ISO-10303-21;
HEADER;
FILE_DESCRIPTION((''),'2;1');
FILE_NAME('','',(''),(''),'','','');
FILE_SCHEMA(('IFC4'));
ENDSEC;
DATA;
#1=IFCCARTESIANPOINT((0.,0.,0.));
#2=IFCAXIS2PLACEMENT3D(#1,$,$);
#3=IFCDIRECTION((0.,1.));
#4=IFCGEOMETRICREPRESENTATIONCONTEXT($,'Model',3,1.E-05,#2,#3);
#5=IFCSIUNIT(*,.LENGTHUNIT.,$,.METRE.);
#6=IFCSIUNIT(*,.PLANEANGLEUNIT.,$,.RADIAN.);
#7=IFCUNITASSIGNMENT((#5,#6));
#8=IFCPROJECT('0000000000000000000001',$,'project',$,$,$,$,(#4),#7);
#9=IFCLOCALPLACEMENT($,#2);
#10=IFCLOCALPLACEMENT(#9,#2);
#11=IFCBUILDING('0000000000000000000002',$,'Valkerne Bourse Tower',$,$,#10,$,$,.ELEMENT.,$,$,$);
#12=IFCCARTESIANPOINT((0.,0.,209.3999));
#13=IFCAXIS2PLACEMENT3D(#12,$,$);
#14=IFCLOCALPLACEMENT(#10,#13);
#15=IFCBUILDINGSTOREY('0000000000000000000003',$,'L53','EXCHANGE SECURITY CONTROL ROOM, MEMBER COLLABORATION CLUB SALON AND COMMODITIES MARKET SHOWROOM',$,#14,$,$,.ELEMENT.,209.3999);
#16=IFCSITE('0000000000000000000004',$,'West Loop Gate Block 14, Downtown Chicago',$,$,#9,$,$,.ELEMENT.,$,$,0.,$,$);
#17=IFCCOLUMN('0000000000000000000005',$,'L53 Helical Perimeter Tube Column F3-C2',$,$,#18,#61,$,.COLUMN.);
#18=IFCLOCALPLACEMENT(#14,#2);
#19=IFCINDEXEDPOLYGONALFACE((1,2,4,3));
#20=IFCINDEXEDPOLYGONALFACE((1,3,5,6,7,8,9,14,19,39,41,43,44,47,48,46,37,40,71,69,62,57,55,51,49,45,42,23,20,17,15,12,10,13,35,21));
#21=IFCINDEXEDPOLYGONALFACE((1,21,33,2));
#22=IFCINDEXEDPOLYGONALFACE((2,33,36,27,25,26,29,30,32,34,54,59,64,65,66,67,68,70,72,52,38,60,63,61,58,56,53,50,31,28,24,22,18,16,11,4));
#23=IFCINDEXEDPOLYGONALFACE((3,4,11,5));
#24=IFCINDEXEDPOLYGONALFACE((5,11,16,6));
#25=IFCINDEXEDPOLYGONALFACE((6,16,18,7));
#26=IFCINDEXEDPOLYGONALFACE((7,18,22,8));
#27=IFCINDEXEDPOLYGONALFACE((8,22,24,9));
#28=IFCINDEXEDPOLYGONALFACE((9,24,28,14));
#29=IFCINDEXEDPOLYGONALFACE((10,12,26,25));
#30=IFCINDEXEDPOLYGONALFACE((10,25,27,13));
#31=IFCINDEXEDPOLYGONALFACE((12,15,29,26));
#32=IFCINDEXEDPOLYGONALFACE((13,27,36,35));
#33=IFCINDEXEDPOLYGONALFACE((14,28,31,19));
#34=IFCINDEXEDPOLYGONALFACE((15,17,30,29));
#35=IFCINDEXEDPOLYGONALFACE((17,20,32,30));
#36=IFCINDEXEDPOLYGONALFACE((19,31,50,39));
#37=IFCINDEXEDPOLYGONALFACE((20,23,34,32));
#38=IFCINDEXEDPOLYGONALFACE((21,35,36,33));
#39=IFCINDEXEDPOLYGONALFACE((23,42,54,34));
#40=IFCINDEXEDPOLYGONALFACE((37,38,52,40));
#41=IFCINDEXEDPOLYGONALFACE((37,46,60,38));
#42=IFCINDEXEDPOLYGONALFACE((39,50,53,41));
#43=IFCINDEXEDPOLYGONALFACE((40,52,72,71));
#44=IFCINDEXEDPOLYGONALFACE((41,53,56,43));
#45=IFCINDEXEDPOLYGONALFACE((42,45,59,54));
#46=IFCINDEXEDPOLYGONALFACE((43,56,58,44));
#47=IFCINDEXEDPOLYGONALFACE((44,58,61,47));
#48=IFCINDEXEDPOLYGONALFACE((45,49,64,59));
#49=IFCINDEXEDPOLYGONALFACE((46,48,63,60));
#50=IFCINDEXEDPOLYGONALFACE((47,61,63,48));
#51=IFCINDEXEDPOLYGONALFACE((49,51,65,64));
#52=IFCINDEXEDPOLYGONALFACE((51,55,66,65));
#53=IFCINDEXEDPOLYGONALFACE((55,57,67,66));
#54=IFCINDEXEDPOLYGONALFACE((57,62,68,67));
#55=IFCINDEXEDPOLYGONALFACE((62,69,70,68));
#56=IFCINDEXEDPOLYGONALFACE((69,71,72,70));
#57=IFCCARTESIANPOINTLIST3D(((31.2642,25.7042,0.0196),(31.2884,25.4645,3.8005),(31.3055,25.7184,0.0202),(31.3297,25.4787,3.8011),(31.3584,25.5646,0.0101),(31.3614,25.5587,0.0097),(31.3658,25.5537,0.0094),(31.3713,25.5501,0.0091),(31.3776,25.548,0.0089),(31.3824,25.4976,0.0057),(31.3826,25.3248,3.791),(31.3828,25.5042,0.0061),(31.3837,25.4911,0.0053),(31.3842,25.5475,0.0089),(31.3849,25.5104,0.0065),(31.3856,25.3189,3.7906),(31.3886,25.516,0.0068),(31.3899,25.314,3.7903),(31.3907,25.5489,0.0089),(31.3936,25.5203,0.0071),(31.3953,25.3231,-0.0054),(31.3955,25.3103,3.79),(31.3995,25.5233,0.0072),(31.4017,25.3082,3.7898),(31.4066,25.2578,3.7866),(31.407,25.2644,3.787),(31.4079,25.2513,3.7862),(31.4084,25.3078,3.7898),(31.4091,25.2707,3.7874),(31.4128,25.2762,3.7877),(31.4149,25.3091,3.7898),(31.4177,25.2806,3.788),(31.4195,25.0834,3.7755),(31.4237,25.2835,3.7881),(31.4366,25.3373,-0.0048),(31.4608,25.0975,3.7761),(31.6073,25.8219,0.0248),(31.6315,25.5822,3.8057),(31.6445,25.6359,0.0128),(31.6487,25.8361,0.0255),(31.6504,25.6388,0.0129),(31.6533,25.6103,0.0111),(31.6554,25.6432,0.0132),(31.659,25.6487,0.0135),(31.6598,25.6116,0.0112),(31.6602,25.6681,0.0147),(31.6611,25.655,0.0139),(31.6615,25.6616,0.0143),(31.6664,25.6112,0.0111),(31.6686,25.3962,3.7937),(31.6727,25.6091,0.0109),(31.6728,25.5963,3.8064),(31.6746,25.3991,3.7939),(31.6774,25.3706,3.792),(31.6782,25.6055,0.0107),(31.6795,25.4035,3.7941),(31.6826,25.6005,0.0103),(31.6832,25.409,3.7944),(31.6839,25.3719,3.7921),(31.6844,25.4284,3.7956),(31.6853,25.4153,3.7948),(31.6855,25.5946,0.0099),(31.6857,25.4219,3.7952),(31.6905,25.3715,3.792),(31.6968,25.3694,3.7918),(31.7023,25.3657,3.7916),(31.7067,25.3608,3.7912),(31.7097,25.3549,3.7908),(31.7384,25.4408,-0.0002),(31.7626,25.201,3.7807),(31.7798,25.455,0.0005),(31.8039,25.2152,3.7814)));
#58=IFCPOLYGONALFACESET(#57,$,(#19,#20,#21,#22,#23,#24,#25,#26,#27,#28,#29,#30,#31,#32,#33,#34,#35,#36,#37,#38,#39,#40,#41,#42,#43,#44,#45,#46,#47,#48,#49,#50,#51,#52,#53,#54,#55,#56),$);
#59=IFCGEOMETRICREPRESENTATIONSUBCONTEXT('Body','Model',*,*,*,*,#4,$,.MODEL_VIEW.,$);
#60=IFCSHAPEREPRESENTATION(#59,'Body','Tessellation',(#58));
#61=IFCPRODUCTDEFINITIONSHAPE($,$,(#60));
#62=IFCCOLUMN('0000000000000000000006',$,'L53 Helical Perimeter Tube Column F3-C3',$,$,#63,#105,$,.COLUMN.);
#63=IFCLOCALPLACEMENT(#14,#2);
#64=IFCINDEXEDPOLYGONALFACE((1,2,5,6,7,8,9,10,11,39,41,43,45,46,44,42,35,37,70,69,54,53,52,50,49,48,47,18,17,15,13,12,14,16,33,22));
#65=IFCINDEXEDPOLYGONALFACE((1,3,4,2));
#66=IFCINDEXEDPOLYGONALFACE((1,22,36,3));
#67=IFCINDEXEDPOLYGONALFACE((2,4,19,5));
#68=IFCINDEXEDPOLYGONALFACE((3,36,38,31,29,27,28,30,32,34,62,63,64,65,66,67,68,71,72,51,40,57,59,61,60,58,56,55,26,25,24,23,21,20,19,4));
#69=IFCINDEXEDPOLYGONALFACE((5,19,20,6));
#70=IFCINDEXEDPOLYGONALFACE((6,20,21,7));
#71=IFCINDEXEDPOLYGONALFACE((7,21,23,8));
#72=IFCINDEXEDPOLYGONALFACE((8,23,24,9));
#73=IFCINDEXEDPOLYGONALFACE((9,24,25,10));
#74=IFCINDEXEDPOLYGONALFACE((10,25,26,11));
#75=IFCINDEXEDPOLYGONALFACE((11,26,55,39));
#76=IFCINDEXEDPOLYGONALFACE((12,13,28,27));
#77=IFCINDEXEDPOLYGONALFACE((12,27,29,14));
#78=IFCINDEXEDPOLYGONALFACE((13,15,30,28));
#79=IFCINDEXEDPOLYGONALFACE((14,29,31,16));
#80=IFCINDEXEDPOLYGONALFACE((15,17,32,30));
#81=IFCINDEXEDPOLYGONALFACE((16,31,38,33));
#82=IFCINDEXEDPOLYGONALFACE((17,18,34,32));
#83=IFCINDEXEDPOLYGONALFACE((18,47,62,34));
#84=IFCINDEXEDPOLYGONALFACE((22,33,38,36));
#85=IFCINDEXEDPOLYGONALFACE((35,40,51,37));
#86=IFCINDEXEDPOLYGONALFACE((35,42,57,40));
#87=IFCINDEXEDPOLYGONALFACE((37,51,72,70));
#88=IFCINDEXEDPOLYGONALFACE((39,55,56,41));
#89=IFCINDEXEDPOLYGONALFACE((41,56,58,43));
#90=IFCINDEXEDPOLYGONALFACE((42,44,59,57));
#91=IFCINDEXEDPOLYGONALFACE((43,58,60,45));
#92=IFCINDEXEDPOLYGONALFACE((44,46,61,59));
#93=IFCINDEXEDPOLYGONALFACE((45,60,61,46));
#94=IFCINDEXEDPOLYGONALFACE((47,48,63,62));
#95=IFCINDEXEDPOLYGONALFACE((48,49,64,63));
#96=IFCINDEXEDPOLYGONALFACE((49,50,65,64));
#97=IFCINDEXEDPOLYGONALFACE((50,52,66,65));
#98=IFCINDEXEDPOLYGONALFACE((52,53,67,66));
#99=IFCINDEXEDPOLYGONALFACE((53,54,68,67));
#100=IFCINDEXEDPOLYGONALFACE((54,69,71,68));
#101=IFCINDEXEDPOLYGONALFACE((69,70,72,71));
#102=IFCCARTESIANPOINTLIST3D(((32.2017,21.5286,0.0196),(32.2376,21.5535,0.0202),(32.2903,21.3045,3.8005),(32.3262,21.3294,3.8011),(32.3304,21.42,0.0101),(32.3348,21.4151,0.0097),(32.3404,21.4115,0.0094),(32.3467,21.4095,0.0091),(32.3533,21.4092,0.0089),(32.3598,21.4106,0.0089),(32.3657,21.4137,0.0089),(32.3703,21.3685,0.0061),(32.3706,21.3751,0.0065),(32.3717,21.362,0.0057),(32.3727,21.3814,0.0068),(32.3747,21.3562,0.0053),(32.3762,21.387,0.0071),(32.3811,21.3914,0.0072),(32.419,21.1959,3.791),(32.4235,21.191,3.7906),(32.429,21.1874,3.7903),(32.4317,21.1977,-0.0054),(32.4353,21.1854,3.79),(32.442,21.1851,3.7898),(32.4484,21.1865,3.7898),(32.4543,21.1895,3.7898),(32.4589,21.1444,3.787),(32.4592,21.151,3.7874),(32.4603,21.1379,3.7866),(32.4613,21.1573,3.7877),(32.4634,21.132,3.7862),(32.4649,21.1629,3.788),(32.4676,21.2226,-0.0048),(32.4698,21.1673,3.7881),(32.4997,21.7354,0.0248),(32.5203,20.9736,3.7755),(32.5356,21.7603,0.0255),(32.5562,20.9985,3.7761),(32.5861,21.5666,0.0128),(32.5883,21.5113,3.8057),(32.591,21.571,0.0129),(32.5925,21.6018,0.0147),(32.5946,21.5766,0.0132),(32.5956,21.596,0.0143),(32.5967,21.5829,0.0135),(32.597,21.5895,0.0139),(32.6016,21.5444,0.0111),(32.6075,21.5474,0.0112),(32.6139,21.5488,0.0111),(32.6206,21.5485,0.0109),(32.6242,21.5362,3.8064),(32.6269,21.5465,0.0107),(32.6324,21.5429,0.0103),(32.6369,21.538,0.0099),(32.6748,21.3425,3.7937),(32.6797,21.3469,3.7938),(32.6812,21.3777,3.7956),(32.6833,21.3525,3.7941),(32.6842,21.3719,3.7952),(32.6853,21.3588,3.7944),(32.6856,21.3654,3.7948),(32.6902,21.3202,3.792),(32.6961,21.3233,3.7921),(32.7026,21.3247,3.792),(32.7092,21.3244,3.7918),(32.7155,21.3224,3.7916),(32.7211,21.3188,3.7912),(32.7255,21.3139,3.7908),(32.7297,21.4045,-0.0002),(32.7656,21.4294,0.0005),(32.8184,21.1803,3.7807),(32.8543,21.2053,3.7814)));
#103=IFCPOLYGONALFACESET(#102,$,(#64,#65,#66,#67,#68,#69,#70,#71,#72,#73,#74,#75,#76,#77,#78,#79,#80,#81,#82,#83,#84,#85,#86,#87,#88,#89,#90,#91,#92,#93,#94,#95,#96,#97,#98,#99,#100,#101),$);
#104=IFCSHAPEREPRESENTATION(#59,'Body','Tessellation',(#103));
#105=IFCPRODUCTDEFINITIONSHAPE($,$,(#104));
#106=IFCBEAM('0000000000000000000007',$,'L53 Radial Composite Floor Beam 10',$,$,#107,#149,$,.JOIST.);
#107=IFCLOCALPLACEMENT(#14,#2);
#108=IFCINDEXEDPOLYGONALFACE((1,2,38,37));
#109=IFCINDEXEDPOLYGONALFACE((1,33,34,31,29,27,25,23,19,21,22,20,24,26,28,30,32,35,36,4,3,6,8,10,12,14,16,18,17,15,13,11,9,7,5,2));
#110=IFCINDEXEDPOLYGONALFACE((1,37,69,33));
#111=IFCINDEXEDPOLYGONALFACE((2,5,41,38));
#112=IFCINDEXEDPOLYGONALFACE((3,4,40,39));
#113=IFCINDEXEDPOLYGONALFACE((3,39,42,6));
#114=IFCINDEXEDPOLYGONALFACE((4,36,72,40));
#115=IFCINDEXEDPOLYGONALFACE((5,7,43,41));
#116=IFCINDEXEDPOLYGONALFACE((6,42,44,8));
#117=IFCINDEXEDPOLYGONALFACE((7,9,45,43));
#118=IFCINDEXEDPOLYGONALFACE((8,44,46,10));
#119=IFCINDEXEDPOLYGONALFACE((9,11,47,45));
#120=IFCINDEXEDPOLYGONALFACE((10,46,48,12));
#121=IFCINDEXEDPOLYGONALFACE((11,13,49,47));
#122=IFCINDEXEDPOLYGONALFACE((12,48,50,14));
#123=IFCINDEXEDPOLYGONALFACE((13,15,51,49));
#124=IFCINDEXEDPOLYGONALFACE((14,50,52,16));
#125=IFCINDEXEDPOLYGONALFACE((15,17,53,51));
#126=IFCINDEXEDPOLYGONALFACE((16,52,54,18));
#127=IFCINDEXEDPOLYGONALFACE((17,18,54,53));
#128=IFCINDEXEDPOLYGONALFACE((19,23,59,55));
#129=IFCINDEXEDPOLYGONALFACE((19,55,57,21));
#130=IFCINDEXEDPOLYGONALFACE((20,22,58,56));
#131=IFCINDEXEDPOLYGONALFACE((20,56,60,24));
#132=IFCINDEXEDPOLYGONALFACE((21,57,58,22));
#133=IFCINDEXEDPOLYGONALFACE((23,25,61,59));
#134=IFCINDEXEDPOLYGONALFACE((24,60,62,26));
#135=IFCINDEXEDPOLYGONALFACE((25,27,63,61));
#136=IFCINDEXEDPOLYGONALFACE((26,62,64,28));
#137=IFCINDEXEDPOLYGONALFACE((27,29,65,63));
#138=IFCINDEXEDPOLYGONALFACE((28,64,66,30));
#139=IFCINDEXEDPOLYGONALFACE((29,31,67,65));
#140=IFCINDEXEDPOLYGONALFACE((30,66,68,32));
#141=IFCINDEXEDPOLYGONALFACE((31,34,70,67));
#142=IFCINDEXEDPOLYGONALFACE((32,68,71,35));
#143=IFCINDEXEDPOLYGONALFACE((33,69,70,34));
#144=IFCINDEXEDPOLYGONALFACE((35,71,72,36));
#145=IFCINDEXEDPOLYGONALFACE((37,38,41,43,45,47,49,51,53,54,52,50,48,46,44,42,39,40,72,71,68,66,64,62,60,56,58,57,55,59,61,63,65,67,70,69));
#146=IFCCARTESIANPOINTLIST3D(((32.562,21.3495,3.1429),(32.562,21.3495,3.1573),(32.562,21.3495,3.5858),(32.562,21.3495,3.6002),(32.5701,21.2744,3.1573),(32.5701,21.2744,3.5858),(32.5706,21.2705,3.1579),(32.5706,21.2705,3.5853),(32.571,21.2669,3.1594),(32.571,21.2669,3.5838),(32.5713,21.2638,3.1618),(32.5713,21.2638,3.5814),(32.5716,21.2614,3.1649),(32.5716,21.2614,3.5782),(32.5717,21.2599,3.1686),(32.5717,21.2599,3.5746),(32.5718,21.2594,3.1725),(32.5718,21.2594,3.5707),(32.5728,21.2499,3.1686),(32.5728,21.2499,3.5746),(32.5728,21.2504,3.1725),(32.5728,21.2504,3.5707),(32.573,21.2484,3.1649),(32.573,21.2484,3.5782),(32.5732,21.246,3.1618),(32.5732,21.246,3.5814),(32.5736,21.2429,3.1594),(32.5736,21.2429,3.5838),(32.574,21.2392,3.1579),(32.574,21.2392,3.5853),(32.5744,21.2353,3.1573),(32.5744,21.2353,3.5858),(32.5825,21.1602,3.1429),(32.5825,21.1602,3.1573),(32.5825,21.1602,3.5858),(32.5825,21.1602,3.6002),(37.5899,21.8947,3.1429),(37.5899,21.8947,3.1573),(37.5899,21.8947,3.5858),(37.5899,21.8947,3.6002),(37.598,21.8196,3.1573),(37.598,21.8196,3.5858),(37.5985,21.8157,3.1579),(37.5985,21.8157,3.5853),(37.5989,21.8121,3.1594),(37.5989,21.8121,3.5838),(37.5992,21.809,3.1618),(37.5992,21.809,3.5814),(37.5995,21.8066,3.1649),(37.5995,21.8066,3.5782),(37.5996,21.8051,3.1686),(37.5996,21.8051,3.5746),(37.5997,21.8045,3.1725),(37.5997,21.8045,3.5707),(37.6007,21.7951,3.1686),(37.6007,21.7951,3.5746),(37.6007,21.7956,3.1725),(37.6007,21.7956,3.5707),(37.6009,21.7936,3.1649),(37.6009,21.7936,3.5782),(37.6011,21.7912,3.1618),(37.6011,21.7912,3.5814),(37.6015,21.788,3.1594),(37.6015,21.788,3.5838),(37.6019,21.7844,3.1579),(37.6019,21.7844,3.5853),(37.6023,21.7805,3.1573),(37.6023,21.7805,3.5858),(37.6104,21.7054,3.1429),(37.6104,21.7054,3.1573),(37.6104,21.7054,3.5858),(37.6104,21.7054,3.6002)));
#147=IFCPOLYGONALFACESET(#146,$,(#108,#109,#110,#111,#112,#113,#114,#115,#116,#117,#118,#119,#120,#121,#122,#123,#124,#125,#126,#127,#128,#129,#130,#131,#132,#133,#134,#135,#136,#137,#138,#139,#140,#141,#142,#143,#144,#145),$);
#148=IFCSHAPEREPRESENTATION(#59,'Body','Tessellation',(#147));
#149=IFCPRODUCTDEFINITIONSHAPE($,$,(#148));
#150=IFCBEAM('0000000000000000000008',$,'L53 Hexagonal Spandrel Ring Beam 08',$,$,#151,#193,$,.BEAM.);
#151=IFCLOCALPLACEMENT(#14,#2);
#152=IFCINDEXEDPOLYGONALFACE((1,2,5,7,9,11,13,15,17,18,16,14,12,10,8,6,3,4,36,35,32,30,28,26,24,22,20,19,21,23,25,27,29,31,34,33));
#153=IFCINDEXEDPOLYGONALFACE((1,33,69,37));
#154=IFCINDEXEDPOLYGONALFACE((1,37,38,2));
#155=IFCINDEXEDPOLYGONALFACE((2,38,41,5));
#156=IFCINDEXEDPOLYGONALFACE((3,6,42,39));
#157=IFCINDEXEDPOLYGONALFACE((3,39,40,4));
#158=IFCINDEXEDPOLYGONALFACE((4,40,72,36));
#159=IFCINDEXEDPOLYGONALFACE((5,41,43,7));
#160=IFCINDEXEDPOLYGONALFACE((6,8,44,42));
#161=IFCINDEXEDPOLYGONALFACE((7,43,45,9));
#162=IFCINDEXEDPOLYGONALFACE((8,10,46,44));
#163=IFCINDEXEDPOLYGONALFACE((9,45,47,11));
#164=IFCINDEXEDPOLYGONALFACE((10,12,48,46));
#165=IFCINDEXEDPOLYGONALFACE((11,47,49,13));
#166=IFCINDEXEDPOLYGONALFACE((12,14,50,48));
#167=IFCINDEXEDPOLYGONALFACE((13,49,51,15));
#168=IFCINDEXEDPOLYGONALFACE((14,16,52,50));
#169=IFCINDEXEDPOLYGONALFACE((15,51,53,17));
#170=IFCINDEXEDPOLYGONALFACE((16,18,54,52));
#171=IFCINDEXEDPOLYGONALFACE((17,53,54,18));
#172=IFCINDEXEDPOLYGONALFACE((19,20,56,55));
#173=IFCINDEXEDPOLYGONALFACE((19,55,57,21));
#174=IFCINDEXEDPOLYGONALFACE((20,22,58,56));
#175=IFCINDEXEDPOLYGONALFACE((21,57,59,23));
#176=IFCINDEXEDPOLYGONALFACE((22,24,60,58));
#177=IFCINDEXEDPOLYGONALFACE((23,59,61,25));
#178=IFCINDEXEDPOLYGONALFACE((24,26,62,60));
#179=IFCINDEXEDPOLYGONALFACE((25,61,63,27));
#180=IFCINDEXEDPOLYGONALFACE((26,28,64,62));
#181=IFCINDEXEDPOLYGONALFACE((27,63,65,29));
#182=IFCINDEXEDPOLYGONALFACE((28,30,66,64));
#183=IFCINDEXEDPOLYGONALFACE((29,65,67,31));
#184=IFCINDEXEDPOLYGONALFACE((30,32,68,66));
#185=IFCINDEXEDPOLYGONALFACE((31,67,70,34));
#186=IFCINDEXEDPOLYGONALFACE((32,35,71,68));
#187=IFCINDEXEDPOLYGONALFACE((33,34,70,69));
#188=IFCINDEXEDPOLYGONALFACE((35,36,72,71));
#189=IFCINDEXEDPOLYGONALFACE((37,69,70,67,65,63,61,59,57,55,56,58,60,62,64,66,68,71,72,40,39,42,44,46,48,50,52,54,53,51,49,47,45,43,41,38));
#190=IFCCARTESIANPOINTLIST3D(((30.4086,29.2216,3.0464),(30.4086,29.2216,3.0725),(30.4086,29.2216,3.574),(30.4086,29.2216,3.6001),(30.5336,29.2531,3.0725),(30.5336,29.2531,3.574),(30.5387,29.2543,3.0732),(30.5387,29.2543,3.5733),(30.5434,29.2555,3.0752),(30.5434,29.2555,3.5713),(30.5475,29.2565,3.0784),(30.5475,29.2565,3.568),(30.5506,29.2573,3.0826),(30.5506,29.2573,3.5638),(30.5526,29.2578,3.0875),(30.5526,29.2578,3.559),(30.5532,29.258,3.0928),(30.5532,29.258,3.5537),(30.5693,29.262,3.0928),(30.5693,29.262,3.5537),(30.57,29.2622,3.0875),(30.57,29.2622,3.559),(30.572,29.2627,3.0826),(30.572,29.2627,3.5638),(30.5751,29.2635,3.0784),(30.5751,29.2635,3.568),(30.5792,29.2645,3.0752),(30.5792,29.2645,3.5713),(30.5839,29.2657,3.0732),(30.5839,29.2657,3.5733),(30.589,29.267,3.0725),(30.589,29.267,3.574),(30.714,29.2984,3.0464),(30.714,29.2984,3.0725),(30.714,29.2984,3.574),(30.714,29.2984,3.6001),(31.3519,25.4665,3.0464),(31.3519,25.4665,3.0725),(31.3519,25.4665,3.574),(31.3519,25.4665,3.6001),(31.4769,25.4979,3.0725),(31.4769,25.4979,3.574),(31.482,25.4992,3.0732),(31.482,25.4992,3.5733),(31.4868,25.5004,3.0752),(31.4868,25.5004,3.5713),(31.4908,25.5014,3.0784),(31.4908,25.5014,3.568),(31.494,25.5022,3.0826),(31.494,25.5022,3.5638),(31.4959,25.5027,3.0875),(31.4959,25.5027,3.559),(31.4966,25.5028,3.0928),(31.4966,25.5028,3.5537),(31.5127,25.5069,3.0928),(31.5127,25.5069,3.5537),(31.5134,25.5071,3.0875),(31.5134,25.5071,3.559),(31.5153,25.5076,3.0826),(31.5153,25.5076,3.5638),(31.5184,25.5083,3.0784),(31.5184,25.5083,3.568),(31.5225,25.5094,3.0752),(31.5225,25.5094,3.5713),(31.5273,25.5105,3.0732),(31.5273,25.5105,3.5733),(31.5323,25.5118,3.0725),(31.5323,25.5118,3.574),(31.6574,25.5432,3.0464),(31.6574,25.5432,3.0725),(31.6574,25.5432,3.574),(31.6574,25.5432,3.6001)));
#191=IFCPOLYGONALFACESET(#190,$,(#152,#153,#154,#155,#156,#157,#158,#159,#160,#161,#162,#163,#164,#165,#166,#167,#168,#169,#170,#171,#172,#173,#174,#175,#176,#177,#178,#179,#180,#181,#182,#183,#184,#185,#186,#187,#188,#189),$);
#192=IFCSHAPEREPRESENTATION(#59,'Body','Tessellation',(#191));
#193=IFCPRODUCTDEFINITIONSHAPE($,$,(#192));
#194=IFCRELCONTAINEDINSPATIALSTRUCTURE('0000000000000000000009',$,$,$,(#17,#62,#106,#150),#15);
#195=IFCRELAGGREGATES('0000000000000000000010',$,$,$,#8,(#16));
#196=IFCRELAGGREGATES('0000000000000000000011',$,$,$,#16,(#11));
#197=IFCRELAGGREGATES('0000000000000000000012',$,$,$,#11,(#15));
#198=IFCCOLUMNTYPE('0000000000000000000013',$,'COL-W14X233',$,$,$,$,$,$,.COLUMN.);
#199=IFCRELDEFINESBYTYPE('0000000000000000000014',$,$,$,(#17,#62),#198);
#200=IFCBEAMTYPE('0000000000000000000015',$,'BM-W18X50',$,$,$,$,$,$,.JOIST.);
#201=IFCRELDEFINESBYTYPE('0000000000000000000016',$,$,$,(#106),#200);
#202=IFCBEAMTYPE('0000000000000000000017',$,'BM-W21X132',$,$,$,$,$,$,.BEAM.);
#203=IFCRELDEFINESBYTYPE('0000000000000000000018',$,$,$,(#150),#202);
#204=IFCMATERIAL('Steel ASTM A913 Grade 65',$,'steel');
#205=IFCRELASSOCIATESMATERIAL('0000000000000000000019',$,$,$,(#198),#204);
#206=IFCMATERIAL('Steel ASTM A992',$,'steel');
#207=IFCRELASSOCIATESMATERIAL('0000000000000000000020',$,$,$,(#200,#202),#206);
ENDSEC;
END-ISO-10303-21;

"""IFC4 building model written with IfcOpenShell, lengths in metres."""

from ifc_helpers import new_model, si_unit, direction, frame, origin, origin_2d, place, context, subcontext, project, spatial, i_section, extrude, material, material_profile, profile_set, type_object, element, save


model = new_model("IFC4")

# Units and contexts
model_context = context("Model", 3, precision=1e-05, world=origin(), true_north=direction((0.0, 1.0)))
body_context = subcontext(model_context, "Body", "Model", "MODEL_VIEW")
ifc_project = project(units=[si_unit("LENGTHUNIT", "METRE"), si_unit("PLANEANGLEUNIT", "RADIAN")], contexts=[model_context])

# Site, building, storey
site_placement = place(None, origin())
site = spatial("IfcSite", under=ifc_project, at=site_placement, Name="West Loop Gate Block 14, Downtown Chicago", CompositionType="ELEMENT", RefElevation=0.0)
building_placement = place(site_placement, origin())
building = spatial("IfcBuilding", under=site, at=building_placement, Name="Valkerne Bourse Tower", CompositionType="ELEMENT")
storey_placement = place(building_placement, frame((0.0, 0.0, 209.3999)))
storey = spatial("IfcBuildingStorey", under=building, at=storey_placement, Name="L53", Description="EXCHANGE SECURITY CONTROL ROOM, MEMBER COLLABORATION CLUB SALON AND COMMODITIES MARKET SHOWROOM", CompositionType="ELEMENT", Elevation=209.3999)

# Columns
ifc_material_1 = material(Name="Steel ASTM A913 Grade 65", Category="steel")
ifc_material_profile_1 = material_profile(ifc_material_1, i_section(OverallWidth=0.4038, OverallDepth=0.4065, WebThickness=0.0271, FlangeThickness=0.0437, FilletRadius=0.0254, at=origin_2d()), Name="W14X233")
ifc_profile_set_1 = profile_set([ifc_material_profile_1], Name="Steel ASTM A913 Grade 65")
column_type = type_object("IfcColumnType", Name="COL-W14X233", PredefinedType="COLUMN", material=ifc_profile_set_1)
for number, where, z_axis, x_axis, name in (
    (1, (31.522, 25.5796, 0.01), (0.00638, -0.06328, 0.997975), (0.324658, -0.943803, -0.06192), "L53 Helical Perimeter Tube Column F3-C2"),
    (2, (32.4836, 21.479, 0.01), (0.023392, -0.059155, 0.997975), (0.569631, -0.819564, -0.061932), "L53 Helical Perimeter Tube Column F3-C3"),
):
    element("IfcColumn", number, at=place(storey_placement, frame(where, z_axis=z_axis, x_axis=x_axis)), inside=storey, type_object=column_type, Name=name, PredefinedType="COLUMN", context=body_context, shape_type="SweptSolid", body=[
        extrude(i_section(OverallWidth=0.4038, OverallDepth=0.4065, WebThickness=0.0271, FlangeThickness=0.0437, FilletRadius=0.0254, at=origin_2d()), origin(), (0.0, 0.0, 1.0), 3.7886),
    ])

# Beams
ifc_material_2 = material(Name="Steel ASTM A992", Category="steel")
ifc_material_profile_2 = material_profile(ifc_material_2, i_section(OverallWidth=0.1904, OverallDepth=0.4573, WebThickness=0.009, FlangeThickness=0.0144, FilletRadius=0.0151, at=origin_2d()), Name="W18X50")
ifc_profile_set_2 = profile_set([ifc_material_profile_2], Name="Steel ASTM A992")
beam_type_1 = type_object("IfcBeamType", Name="BM-W18X50", PredefinedType="JOIST", material=ifc_profile_set_2)
beam_1_placement = place(storey_placement, frame((32.5723, 21.2549, 3.3716), z_axis=(0.994173, 0.107798, 0.0), x_axis=(-0.107798, 0.994173, 0.0)))
element("IfcBeam", 3, at=beam_1_placement, inside=storey, type_object=beam_type_1, Name="L53 Radial Composite Floor Beam 10", PredefinedType="JOIST", context=body_context, shape_type="SweptSolid", body=[
    extrude(i_section(OverallWidth=0.1904, OverallDepth=0.4573, WebThickness=0.009, FlangeThickness=0.0144, FilletRadius=0.0151, at=origin_2d()), origin(), (0.0, 0.0, 1.0), 5.0574),
])
ifc_material_profile_3 = material_profile(ifc_material_2, i_section(OverallWidth=0.3149, OverallDepth=0.5537, WebThickness=0.0166, FlangeThickness=0.0261, FilletRadius=0.0203, at=origin_2d()), Name="W21X132")
ifc_profile_set_3 = profile_set([ifc_material_profile_3], Name="Steel ASTM A992")
beam_type_2 = type_object("IfcBeamType", Name="BM-W21X132", PredefinedType="BEAM", material=ifc_profile_set_3)
beam_2_placement = place(storey_placement, frame((30.5613, 29.26, 3.3232), z_axis=(0.243648, -0.969864, 0.0), x_axis=(0.969864, 0.243648, 0.0)))
element("IfcBeam", 4, at=beam_2_placement, inside=storey, type_object=beam_type_2, Name="L53 Hexagonal Spandrel Ring Beam 08", PredefinedType="BEAM", context=body_context, shape_type="SweptSolid", body=[
    extrude(i_section(OverallWidth=0.3149, OverallDepth=0.5537, WebThickness=0.0166, FlangeThickness=0.0261, FilletRadius=0.0203, at=origin_2d()), origin(), (0.0, 0.0, 1.0), 3.8718),
])

save(model, "model.ifc")
